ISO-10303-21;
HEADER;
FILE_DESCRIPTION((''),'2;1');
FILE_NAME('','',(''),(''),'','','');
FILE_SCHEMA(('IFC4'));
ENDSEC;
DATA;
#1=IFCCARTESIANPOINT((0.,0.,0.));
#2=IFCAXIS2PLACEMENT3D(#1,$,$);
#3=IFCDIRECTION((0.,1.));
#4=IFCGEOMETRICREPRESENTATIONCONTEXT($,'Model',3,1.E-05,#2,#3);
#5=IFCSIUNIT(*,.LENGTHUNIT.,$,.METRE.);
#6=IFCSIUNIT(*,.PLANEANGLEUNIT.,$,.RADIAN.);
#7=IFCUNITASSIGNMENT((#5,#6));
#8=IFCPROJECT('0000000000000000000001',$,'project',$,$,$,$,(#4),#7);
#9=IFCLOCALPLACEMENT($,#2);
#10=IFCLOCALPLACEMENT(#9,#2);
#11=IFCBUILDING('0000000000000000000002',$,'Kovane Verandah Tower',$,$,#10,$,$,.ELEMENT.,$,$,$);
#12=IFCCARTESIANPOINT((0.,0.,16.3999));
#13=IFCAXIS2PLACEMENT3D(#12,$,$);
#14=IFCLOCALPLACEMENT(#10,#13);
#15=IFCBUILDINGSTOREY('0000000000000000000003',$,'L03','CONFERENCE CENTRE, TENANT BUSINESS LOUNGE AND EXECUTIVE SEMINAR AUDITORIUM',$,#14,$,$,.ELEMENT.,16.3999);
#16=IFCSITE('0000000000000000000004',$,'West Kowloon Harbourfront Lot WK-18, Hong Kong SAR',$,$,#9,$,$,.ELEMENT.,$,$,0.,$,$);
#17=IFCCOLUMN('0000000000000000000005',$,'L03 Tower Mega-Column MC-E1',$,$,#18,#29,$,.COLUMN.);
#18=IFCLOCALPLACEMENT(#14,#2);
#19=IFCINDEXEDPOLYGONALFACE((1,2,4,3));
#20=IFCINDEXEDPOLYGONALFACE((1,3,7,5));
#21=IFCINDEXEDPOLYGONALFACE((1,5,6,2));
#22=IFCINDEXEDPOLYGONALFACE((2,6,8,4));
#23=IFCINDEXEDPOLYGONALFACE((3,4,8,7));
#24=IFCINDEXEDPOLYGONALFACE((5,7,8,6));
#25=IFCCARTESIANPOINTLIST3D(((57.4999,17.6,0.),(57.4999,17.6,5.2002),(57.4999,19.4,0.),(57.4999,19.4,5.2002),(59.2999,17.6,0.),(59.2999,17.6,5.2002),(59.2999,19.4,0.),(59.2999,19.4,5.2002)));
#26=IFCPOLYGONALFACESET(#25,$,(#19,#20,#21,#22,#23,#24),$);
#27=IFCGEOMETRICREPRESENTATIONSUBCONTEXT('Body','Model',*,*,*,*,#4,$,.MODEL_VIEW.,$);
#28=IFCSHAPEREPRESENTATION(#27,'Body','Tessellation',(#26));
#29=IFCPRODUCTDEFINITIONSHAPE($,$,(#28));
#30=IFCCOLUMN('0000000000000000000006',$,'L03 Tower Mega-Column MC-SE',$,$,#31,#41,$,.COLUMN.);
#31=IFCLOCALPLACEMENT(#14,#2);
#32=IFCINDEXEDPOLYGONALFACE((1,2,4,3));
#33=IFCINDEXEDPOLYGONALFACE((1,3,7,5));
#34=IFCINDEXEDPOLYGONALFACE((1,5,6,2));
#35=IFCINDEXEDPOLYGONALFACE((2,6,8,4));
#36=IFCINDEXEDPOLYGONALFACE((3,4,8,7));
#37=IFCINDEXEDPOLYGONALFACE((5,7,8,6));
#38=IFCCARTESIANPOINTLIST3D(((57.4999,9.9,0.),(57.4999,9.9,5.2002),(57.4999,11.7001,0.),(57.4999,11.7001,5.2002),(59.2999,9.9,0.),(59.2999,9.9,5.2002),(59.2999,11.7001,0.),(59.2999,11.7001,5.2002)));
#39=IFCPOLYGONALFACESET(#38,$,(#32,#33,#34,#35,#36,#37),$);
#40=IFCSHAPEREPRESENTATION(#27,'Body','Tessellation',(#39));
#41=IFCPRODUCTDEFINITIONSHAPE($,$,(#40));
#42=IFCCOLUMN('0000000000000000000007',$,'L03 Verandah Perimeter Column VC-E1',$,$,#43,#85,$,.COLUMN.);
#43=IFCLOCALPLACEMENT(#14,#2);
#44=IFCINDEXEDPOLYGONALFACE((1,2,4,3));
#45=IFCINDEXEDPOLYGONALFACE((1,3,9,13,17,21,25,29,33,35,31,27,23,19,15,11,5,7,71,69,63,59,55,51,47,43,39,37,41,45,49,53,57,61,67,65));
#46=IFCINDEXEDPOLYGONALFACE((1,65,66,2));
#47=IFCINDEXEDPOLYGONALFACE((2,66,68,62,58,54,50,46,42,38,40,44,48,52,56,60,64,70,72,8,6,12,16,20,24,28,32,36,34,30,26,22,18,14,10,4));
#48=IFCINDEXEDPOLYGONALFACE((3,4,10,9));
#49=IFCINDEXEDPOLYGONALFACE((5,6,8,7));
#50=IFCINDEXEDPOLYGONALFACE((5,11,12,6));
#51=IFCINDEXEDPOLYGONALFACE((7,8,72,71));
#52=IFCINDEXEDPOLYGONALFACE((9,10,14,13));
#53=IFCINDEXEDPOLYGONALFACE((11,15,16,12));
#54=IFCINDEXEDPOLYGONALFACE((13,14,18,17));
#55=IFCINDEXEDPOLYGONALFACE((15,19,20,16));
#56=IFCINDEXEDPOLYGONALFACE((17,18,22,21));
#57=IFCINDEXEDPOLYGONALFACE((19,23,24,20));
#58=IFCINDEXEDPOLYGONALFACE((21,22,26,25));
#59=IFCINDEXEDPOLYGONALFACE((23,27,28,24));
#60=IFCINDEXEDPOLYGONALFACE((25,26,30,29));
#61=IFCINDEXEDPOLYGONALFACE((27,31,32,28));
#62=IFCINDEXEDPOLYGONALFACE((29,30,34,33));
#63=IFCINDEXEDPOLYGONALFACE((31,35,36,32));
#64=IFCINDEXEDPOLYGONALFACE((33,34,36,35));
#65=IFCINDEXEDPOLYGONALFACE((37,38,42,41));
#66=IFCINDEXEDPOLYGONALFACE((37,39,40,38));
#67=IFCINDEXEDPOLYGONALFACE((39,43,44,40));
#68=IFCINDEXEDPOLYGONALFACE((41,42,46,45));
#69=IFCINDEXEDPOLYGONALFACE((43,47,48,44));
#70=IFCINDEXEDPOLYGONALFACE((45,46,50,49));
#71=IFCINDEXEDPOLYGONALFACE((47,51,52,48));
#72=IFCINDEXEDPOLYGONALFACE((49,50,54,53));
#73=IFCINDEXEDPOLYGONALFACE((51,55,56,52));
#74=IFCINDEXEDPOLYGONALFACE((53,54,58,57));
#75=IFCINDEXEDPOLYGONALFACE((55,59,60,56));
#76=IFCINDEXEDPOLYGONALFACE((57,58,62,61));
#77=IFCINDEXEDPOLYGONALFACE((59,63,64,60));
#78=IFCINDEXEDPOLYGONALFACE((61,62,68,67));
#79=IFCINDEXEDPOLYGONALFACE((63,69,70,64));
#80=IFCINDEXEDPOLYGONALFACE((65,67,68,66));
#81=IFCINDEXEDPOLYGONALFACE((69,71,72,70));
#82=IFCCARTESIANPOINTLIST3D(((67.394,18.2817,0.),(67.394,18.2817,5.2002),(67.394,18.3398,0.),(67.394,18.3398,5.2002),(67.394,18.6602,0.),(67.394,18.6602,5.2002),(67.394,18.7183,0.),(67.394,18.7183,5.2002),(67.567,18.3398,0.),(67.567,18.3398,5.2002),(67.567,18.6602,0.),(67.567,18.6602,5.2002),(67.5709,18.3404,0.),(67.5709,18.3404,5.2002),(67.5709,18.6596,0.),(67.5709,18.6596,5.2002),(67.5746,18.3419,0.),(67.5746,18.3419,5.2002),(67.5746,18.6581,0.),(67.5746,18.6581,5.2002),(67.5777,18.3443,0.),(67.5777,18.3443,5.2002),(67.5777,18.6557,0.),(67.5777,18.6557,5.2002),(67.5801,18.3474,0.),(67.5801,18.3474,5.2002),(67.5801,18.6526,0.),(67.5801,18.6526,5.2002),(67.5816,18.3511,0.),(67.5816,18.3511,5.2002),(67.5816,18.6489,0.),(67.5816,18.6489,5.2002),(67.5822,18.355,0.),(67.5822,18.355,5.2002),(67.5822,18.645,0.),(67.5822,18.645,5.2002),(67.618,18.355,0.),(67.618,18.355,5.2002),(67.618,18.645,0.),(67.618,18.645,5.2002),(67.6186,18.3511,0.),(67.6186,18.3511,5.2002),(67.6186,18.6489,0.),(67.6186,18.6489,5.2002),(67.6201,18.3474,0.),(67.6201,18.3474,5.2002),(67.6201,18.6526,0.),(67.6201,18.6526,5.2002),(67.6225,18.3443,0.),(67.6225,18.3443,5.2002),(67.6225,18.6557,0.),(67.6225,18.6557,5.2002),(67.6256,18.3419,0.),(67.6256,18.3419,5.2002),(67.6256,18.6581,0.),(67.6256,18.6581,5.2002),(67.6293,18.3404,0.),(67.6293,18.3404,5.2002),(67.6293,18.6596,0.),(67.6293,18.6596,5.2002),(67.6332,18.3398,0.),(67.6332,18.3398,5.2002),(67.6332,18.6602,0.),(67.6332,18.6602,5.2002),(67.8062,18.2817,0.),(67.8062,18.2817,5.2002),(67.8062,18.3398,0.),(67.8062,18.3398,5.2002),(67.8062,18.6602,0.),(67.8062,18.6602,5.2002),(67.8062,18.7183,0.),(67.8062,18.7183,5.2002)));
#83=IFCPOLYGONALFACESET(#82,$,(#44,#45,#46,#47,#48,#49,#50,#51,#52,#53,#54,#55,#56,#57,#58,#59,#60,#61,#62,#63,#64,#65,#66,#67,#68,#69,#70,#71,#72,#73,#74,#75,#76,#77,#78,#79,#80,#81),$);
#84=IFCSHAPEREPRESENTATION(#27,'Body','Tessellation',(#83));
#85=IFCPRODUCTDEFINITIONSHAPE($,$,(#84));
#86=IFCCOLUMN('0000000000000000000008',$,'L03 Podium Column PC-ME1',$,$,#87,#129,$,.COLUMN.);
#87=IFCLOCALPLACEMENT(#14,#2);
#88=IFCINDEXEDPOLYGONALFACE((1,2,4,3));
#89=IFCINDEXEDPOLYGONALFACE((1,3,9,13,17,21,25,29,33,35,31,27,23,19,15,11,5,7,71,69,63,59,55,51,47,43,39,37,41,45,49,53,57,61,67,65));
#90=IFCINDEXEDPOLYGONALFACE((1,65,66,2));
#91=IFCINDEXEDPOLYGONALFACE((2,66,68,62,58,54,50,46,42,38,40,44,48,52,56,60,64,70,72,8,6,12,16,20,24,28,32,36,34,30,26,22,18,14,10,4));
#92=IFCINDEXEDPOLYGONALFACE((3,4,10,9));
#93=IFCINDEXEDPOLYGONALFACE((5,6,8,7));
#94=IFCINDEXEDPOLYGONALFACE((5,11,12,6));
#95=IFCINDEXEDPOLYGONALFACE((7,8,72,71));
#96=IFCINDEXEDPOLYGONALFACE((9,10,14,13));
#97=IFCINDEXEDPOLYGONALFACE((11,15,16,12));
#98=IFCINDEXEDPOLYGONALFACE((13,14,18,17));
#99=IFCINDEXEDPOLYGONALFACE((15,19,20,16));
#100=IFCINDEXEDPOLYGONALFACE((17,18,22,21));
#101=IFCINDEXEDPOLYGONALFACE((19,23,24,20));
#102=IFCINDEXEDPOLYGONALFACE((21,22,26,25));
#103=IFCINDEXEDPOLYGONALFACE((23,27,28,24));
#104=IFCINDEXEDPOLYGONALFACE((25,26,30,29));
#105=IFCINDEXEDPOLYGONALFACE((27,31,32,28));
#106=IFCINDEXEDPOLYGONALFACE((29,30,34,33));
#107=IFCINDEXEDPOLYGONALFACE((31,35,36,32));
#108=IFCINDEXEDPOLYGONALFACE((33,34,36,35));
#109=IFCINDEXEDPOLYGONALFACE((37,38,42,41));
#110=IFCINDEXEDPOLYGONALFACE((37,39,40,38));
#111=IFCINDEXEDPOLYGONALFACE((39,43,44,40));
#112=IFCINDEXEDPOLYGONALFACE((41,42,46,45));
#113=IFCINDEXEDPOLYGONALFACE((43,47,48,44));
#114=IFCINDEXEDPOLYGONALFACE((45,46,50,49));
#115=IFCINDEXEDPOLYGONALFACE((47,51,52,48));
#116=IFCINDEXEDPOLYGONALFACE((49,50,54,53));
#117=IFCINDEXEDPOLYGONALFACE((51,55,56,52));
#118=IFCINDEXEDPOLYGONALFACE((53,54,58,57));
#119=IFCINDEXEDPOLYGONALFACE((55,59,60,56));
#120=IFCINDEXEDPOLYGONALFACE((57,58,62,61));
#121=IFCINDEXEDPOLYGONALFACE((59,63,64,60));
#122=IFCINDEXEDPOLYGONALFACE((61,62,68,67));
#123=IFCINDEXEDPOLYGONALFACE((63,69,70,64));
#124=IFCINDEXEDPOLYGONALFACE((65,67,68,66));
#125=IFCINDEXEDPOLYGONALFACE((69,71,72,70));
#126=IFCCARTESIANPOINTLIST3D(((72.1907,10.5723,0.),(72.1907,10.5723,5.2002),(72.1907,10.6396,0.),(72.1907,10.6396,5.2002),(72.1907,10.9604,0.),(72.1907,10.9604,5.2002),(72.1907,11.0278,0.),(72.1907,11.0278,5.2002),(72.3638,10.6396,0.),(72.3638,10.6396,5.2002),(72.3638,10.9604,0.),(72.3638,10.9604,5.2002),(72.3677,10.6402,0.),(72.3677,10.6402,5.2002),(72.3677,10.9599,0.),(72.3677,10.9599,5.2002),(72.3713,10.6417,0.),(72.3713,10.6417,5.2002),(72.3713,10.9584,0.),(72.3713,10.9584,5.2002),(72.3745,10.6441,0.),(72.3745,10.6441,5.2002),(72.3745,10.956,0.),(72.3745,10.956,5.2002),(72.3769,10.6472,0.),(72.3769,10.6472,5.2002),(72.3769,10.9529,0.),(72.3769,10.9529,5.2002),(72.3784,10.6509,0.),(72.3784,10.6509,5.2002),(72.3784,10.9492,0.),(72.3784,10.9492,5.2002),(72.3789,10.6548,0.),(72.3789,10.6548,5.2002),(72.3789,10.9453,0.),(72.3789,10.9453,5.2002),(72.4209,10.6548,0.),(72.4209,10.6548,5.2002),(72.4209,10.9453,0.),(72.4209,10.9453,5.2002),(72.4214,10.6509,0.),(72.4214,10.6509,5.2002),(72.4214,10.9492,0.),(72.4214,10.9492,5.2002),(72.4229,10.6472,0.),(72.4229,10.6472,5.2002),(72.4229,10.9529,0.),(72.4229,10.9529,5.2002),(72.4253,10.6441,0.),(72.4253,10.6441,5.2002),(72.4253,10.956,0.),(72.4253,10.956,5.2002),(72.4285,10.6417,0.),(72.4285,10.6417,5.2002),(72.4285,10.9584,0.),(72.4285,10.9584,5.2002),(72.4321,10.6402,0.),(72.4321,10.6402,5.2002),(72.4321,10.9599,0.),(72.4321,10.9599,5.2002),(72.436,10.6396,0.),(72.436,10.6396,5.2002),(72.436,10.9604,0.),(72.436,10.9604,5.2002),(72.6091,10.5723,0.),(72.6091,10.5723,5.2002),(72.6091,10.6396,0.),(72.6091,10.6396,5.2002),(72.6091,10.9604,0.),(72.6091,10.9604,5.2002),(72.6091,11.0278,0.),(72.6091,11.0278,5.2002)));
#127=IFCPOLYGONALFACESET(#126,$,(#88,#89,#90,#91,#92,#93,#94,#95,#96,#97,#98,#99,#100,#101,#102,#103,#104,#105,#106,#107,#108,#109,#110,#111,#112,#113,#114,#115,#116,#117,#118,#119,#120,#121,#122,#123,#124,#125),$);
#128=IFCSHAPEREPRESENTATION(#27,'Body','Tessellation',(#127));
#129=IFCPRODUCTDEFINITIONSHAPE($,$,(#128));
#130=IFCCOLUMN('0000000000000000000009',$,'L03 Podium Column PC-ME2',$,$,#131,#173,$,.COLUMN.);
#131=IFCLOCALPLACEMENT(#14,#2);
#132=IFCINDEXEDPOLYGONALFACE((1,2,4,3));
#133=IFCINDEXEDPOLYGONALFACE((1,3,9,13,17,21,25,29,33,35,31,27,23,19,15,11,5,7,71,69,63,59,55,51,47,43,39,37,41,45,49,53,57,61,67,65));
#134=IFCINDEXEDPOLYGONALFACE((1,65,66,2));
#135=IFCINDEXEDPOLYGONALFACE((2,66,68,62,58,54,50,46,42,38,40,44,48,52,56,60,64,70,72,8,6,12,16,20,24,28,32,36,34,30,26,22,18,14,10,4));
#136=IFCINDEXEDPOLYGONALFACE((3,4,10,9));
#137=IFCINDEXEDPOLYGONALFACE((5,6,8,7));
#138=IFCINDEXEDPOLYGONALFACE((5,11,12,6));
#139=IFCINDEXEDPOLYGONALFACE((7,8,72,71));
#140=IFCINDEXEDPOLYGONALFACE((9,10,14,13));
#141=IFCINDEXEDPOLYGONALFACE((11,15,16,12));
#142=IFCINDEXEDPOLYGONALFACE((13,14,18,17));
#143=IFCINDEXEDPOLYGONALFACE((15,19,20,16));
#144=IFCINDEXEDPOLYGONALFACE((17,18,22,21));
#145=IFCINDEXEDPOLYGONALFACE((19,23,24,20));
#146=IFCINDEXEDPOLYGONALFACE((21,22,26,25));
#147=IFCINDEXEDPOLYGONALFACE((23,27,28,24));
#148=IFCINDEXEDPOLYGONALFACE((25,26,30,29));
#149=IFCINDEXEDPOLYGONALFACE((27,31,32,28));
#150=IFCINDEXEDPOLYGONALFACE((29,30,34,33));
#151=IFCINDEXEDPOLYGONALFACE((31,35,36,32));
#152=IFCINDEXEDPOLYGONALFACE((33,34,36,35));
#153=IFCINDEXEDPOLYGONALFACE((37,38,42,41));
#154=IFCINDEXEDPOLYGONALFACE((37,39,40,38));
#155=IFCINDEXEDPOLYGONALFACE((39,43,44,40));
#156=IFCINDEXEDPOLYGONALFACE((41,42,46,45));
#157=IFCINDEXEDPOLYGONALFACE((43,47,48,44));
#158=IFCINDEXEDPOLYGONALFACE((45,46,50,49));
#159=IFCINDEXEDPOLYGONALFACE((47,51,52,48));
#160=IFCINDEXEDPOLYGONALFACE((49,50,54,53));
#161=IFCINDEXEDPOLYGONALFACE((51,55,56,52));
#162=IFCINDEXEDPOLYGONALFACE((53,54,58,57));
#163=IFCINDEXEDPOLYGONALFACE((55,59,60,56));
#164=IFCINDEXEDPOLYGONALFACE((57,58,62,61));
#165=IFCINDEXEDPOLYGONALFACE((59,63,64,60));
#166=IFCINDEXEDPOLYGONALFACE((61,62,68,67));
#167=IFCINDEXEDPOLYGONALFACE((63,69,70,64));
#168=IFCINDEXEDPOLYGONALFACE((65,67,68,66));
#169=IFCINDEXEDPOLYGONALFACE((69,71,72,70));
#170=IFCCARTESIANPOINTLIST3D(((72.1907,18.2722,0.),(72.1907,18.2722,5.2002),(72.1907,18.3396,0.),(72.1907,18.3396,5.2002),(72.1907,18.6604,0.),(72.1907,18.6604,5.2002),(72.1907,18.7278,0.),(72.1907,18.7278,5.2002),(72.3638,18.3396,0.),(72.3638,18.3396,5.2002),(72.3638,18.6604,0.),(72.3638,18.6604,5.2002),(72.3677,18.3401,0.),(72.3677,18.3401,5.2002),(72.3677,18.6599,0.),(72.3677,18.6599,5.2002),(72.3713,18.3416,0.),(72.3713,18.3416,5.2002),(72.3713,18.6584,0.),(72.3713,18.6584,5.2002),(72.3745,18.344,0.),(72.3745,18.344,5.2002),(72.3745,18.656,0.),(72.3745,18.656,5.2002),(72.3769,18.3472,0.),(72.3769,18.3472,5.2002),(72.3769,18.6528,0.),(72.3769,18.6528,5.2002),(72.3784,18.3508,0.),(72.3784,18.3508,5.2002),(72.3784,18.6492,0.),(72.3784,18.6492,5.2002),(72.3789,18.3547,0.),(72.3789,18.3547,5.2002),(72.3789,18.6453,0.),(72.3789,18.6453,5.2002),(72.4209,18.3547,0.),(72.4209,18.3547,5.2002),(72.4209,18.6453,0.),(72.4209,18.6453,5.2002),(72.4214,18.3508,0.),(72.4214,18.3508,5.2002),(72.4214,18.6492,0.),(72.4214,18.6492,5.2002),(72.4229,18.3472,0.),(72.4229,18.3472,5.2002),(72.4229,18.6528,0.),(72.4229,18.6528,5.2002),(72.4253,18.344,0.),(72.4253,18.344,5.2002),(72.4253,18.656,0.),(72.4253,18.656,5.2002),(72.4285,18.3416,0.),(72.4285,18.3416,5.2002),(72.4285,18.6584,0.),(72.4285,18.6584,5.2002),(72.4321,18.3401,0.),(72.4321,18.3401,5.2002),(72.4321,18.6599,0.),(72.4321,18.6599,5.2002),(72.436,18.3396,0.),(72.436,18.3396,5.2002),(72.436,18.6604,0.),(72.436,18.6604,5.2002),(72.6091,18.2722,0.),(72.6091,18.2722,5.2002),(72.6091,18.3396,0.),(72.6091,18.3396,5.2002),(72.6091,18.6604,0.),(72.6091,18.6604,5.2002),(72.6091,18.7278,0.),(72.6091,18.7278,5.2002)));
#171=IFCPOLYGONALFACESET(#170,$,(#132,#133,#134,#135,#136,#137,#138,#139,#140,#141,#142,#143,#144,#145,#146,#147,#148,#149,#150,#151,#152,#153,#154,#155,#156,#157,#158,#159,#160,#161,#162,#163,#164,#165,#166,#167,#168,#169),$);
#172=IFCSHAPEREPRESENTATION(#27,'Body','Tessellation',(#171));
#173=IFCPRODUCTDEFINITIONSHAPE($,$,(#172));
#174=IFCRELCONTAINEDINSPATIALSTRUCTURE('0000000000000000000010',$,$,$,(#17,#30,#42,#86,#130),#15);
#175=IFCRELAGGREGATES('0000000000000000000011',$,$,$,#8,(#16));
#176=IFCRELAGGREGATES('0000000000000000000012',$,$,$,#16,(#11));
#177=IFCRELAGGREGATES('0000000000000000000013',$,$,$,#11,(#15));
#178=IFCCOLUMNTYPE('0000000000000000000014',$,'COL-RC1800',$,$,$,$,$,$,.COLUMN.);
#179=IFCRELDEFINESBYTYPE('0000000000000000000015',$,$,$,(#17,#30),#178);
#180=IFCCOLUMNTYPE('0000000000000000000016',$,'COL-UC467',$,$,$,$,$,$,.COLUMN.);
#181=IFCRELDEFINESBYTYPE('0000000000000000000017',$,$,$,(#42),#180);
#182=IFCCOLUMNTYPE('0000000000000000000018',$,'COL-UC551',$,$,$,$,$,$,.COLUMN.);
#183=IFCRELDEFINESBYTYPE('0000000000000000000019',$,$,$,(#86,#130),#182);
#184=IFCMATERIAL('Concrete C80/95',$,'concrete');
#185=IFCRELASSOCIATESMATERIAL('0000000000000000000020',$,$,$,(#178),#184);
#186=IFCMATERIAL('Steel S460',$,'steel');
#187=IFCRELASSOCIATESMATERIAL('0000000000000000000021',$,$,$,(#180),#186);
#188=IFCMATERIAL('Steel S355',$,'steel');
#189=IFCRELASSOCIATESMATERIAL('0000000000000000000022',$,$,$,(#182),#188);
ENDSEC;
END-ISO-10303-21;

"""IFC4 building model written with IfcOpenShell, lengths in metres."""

from ifc_helpers import new_model, si_unit, direction, frame, origin, origin_2d, place, context, subcontext, project, spatial, rectangle, i_section, extrude, material, material_profile, profile_set, type_object, element, save


model = new_model("IFC4")

# Units and contexts
model_context = context("Model", 3, precision=1e-05, world=origin(), true_north=direction((0.0, 1.0)))
body_context = subcontext(model_context, "Body", "Model", "MODEL_VIEW")
ifc_project = project(units=[si_unit("LENGTHUNIT", "METRE"), si_unit("PLANEANGLEUNIT", "RADIAN")], contexts=[model_context])

# Site, building, storey
site_placement = place(None, origin())
site = spatial("IfcSite", under=ifc_project, at=site_placement, Name="West Kowloon Harbourfront Lot WK-18, Hong Kong SAR", CompositionType="ELEMENT", RefElevation=0.0)
building_placement = place(site_placement, origin())
building = spatial("IfcBuilding", under=site, at=building_placement, Name="Kovane Verandah Tower", CompositionType="ELEMENT")
storey_placement = place(building_placement, frame((0.0, 0.0, 16.3999)))
storey = spatial("IfcBuildingStorey", under=building, at=storey_placement, Name="L03", Description="CONFERENCE CENTRE, TENANT BUSINESS LOUNGE AND EXECUTIVE SEMINAR AUDITORIUM", CompositionType="ELEMENT", Elevation=16.3999)

# Columns
ifc_material_1 = material(Name="Concrete C80/95", Category="concrete")
ifc_material_profile_1 = material_profile(ifc_material_1, rectangle(XDim=1.8, YDim=1.8, at=origin_2d()), Name="RC1800x1800")
ifc_profile_set_1 = profile_set([ifc_material_profile_1], Name="Concrete C80/95")
column_type_1 = type_object("IfcColumnType", Name="COL-RC1800", PredefinedType="COLUMN", material=ifc_profile_set_1)
for number, where, z_axis, x_axis, name in (
    (1, (58.3999, 18.5, 0.0), (0.0, 0.0, 1.0), (1.0, 0.0, 0.0), "L03 Tower Mega-Column MC-E1"),
    (2, (58.3999, 10.8, 0.0), (0.0, 0.0, 1.0), (1.0, 0.0, 0.0), "L03 Tower Mega-Column MC-SE"),
):
    element("IfcColumn", number, at=place(storey_placement, frame(where, z_axis=z_axis, x_axis=x_axis)), inside=storey, type_object=column_type_1, Name=name, PredefinedType="COLUMN", context=body_context, shape_type="SweptSolid", body=[
        extrude(rectangle(XDim=1.8, YDim=1.8, at=origin_2d()), origin(), (0.0, 0.0, 1.0), 5.2002),
    ])
ifc_material_2 = material(Name="Steel S460", Category="steel")
ifc_material_profile_2 = material_profile(ifc_material_2, i_section(OverallWidth=0.4121, OverallDepth=0.4365, WebThickness=0.0359, FlangeThickness=0.0581, FilletRadius=0.0151, at=origin_2d()), Name="UC356x406x467")
ifc_profile_set_2 = profile_set([ifc_material_profile_2], Name="Steel S460")
column_type_2 = type_object("IfcColumnType", Name="COL-UC467", PredefinedType="COLUMN", material=ifc_profile_set_2)
column_placement = place(storey_placement, frame((67.6001, 18.5, 0.0), z_axis=(0.0, 0.0, 1.0), x_axis=(1.0, 0.0, 0.0)))
element("IfcColumn", 3, at=column_placement, inside=storey, type_object=column_type_2, Name="L03 Verandah Perimeter Column VC-E1", PredefinedType="COLUMN", context=body_context, shape_type="SweptSolid", body=[
    extrude(i_section(OverallWidth=0.4121, OverallDepth=0.4365, WebThickness=0.0359, FlangeThickness=0.0581, FilletRadius=0.0151, at=origin_2d()), origin(), (0.0, 0.0, 1.0), 5.2002),
])
ifc_material_3 = material(Name="Steel S355", Category="steel")
ifc_material_profile_3 = material_profile(ifc_material_3, i_section(OverallWidth=0.4185, OverallDepth=0.4556, WebThickness=0.042, FlangeThickness=0.0674, FilletRadius=0.0151, at=origin_2d()), Name="UC356x406x551")
ifc_profile_set_3 = profile_set([ifc_material_profile_3], Name="Steel S355")
column_type_3 = type_object("IfcColumnType", Name="COL-UC551", PredefinedType="COLUMN", material=ifc_profile_set_3)
for number, where, z_axis, x_axis, name in (
    (4, (72.3999, 10.8, 0.0), (0.0, 0.0, 1.0), (1.0, 0.0, 0.0), "L03 Podium Column PC-ME1"),
    (5, (72.3999, 18.5, 0.0), (0.0, 0.0, 1.0), (1.0, 0.0, 0.0), "L03 Podium Column PC-ME2"),
):
    element("IfcColumn", number, at=place(storey_placement, frame(where, z_axis=z_axis, x_axis=x_axis)), inside=storey, type_object=column_type_3, Name=name, PredefinedType="COLUMN", context=body_context, shape_type="SweptSolid", body=[
        extrude(i_section(OverallWidth=0.4185, OverallDepth=0.4556, WebThickness=0.042, FlangeThickness=0.0674, FilletRadius=0.0151, at=origin_2d()), origin(), (0.0, 0.0, 1.0), 5.2002),
    ])

save(model, "model.ifc")
